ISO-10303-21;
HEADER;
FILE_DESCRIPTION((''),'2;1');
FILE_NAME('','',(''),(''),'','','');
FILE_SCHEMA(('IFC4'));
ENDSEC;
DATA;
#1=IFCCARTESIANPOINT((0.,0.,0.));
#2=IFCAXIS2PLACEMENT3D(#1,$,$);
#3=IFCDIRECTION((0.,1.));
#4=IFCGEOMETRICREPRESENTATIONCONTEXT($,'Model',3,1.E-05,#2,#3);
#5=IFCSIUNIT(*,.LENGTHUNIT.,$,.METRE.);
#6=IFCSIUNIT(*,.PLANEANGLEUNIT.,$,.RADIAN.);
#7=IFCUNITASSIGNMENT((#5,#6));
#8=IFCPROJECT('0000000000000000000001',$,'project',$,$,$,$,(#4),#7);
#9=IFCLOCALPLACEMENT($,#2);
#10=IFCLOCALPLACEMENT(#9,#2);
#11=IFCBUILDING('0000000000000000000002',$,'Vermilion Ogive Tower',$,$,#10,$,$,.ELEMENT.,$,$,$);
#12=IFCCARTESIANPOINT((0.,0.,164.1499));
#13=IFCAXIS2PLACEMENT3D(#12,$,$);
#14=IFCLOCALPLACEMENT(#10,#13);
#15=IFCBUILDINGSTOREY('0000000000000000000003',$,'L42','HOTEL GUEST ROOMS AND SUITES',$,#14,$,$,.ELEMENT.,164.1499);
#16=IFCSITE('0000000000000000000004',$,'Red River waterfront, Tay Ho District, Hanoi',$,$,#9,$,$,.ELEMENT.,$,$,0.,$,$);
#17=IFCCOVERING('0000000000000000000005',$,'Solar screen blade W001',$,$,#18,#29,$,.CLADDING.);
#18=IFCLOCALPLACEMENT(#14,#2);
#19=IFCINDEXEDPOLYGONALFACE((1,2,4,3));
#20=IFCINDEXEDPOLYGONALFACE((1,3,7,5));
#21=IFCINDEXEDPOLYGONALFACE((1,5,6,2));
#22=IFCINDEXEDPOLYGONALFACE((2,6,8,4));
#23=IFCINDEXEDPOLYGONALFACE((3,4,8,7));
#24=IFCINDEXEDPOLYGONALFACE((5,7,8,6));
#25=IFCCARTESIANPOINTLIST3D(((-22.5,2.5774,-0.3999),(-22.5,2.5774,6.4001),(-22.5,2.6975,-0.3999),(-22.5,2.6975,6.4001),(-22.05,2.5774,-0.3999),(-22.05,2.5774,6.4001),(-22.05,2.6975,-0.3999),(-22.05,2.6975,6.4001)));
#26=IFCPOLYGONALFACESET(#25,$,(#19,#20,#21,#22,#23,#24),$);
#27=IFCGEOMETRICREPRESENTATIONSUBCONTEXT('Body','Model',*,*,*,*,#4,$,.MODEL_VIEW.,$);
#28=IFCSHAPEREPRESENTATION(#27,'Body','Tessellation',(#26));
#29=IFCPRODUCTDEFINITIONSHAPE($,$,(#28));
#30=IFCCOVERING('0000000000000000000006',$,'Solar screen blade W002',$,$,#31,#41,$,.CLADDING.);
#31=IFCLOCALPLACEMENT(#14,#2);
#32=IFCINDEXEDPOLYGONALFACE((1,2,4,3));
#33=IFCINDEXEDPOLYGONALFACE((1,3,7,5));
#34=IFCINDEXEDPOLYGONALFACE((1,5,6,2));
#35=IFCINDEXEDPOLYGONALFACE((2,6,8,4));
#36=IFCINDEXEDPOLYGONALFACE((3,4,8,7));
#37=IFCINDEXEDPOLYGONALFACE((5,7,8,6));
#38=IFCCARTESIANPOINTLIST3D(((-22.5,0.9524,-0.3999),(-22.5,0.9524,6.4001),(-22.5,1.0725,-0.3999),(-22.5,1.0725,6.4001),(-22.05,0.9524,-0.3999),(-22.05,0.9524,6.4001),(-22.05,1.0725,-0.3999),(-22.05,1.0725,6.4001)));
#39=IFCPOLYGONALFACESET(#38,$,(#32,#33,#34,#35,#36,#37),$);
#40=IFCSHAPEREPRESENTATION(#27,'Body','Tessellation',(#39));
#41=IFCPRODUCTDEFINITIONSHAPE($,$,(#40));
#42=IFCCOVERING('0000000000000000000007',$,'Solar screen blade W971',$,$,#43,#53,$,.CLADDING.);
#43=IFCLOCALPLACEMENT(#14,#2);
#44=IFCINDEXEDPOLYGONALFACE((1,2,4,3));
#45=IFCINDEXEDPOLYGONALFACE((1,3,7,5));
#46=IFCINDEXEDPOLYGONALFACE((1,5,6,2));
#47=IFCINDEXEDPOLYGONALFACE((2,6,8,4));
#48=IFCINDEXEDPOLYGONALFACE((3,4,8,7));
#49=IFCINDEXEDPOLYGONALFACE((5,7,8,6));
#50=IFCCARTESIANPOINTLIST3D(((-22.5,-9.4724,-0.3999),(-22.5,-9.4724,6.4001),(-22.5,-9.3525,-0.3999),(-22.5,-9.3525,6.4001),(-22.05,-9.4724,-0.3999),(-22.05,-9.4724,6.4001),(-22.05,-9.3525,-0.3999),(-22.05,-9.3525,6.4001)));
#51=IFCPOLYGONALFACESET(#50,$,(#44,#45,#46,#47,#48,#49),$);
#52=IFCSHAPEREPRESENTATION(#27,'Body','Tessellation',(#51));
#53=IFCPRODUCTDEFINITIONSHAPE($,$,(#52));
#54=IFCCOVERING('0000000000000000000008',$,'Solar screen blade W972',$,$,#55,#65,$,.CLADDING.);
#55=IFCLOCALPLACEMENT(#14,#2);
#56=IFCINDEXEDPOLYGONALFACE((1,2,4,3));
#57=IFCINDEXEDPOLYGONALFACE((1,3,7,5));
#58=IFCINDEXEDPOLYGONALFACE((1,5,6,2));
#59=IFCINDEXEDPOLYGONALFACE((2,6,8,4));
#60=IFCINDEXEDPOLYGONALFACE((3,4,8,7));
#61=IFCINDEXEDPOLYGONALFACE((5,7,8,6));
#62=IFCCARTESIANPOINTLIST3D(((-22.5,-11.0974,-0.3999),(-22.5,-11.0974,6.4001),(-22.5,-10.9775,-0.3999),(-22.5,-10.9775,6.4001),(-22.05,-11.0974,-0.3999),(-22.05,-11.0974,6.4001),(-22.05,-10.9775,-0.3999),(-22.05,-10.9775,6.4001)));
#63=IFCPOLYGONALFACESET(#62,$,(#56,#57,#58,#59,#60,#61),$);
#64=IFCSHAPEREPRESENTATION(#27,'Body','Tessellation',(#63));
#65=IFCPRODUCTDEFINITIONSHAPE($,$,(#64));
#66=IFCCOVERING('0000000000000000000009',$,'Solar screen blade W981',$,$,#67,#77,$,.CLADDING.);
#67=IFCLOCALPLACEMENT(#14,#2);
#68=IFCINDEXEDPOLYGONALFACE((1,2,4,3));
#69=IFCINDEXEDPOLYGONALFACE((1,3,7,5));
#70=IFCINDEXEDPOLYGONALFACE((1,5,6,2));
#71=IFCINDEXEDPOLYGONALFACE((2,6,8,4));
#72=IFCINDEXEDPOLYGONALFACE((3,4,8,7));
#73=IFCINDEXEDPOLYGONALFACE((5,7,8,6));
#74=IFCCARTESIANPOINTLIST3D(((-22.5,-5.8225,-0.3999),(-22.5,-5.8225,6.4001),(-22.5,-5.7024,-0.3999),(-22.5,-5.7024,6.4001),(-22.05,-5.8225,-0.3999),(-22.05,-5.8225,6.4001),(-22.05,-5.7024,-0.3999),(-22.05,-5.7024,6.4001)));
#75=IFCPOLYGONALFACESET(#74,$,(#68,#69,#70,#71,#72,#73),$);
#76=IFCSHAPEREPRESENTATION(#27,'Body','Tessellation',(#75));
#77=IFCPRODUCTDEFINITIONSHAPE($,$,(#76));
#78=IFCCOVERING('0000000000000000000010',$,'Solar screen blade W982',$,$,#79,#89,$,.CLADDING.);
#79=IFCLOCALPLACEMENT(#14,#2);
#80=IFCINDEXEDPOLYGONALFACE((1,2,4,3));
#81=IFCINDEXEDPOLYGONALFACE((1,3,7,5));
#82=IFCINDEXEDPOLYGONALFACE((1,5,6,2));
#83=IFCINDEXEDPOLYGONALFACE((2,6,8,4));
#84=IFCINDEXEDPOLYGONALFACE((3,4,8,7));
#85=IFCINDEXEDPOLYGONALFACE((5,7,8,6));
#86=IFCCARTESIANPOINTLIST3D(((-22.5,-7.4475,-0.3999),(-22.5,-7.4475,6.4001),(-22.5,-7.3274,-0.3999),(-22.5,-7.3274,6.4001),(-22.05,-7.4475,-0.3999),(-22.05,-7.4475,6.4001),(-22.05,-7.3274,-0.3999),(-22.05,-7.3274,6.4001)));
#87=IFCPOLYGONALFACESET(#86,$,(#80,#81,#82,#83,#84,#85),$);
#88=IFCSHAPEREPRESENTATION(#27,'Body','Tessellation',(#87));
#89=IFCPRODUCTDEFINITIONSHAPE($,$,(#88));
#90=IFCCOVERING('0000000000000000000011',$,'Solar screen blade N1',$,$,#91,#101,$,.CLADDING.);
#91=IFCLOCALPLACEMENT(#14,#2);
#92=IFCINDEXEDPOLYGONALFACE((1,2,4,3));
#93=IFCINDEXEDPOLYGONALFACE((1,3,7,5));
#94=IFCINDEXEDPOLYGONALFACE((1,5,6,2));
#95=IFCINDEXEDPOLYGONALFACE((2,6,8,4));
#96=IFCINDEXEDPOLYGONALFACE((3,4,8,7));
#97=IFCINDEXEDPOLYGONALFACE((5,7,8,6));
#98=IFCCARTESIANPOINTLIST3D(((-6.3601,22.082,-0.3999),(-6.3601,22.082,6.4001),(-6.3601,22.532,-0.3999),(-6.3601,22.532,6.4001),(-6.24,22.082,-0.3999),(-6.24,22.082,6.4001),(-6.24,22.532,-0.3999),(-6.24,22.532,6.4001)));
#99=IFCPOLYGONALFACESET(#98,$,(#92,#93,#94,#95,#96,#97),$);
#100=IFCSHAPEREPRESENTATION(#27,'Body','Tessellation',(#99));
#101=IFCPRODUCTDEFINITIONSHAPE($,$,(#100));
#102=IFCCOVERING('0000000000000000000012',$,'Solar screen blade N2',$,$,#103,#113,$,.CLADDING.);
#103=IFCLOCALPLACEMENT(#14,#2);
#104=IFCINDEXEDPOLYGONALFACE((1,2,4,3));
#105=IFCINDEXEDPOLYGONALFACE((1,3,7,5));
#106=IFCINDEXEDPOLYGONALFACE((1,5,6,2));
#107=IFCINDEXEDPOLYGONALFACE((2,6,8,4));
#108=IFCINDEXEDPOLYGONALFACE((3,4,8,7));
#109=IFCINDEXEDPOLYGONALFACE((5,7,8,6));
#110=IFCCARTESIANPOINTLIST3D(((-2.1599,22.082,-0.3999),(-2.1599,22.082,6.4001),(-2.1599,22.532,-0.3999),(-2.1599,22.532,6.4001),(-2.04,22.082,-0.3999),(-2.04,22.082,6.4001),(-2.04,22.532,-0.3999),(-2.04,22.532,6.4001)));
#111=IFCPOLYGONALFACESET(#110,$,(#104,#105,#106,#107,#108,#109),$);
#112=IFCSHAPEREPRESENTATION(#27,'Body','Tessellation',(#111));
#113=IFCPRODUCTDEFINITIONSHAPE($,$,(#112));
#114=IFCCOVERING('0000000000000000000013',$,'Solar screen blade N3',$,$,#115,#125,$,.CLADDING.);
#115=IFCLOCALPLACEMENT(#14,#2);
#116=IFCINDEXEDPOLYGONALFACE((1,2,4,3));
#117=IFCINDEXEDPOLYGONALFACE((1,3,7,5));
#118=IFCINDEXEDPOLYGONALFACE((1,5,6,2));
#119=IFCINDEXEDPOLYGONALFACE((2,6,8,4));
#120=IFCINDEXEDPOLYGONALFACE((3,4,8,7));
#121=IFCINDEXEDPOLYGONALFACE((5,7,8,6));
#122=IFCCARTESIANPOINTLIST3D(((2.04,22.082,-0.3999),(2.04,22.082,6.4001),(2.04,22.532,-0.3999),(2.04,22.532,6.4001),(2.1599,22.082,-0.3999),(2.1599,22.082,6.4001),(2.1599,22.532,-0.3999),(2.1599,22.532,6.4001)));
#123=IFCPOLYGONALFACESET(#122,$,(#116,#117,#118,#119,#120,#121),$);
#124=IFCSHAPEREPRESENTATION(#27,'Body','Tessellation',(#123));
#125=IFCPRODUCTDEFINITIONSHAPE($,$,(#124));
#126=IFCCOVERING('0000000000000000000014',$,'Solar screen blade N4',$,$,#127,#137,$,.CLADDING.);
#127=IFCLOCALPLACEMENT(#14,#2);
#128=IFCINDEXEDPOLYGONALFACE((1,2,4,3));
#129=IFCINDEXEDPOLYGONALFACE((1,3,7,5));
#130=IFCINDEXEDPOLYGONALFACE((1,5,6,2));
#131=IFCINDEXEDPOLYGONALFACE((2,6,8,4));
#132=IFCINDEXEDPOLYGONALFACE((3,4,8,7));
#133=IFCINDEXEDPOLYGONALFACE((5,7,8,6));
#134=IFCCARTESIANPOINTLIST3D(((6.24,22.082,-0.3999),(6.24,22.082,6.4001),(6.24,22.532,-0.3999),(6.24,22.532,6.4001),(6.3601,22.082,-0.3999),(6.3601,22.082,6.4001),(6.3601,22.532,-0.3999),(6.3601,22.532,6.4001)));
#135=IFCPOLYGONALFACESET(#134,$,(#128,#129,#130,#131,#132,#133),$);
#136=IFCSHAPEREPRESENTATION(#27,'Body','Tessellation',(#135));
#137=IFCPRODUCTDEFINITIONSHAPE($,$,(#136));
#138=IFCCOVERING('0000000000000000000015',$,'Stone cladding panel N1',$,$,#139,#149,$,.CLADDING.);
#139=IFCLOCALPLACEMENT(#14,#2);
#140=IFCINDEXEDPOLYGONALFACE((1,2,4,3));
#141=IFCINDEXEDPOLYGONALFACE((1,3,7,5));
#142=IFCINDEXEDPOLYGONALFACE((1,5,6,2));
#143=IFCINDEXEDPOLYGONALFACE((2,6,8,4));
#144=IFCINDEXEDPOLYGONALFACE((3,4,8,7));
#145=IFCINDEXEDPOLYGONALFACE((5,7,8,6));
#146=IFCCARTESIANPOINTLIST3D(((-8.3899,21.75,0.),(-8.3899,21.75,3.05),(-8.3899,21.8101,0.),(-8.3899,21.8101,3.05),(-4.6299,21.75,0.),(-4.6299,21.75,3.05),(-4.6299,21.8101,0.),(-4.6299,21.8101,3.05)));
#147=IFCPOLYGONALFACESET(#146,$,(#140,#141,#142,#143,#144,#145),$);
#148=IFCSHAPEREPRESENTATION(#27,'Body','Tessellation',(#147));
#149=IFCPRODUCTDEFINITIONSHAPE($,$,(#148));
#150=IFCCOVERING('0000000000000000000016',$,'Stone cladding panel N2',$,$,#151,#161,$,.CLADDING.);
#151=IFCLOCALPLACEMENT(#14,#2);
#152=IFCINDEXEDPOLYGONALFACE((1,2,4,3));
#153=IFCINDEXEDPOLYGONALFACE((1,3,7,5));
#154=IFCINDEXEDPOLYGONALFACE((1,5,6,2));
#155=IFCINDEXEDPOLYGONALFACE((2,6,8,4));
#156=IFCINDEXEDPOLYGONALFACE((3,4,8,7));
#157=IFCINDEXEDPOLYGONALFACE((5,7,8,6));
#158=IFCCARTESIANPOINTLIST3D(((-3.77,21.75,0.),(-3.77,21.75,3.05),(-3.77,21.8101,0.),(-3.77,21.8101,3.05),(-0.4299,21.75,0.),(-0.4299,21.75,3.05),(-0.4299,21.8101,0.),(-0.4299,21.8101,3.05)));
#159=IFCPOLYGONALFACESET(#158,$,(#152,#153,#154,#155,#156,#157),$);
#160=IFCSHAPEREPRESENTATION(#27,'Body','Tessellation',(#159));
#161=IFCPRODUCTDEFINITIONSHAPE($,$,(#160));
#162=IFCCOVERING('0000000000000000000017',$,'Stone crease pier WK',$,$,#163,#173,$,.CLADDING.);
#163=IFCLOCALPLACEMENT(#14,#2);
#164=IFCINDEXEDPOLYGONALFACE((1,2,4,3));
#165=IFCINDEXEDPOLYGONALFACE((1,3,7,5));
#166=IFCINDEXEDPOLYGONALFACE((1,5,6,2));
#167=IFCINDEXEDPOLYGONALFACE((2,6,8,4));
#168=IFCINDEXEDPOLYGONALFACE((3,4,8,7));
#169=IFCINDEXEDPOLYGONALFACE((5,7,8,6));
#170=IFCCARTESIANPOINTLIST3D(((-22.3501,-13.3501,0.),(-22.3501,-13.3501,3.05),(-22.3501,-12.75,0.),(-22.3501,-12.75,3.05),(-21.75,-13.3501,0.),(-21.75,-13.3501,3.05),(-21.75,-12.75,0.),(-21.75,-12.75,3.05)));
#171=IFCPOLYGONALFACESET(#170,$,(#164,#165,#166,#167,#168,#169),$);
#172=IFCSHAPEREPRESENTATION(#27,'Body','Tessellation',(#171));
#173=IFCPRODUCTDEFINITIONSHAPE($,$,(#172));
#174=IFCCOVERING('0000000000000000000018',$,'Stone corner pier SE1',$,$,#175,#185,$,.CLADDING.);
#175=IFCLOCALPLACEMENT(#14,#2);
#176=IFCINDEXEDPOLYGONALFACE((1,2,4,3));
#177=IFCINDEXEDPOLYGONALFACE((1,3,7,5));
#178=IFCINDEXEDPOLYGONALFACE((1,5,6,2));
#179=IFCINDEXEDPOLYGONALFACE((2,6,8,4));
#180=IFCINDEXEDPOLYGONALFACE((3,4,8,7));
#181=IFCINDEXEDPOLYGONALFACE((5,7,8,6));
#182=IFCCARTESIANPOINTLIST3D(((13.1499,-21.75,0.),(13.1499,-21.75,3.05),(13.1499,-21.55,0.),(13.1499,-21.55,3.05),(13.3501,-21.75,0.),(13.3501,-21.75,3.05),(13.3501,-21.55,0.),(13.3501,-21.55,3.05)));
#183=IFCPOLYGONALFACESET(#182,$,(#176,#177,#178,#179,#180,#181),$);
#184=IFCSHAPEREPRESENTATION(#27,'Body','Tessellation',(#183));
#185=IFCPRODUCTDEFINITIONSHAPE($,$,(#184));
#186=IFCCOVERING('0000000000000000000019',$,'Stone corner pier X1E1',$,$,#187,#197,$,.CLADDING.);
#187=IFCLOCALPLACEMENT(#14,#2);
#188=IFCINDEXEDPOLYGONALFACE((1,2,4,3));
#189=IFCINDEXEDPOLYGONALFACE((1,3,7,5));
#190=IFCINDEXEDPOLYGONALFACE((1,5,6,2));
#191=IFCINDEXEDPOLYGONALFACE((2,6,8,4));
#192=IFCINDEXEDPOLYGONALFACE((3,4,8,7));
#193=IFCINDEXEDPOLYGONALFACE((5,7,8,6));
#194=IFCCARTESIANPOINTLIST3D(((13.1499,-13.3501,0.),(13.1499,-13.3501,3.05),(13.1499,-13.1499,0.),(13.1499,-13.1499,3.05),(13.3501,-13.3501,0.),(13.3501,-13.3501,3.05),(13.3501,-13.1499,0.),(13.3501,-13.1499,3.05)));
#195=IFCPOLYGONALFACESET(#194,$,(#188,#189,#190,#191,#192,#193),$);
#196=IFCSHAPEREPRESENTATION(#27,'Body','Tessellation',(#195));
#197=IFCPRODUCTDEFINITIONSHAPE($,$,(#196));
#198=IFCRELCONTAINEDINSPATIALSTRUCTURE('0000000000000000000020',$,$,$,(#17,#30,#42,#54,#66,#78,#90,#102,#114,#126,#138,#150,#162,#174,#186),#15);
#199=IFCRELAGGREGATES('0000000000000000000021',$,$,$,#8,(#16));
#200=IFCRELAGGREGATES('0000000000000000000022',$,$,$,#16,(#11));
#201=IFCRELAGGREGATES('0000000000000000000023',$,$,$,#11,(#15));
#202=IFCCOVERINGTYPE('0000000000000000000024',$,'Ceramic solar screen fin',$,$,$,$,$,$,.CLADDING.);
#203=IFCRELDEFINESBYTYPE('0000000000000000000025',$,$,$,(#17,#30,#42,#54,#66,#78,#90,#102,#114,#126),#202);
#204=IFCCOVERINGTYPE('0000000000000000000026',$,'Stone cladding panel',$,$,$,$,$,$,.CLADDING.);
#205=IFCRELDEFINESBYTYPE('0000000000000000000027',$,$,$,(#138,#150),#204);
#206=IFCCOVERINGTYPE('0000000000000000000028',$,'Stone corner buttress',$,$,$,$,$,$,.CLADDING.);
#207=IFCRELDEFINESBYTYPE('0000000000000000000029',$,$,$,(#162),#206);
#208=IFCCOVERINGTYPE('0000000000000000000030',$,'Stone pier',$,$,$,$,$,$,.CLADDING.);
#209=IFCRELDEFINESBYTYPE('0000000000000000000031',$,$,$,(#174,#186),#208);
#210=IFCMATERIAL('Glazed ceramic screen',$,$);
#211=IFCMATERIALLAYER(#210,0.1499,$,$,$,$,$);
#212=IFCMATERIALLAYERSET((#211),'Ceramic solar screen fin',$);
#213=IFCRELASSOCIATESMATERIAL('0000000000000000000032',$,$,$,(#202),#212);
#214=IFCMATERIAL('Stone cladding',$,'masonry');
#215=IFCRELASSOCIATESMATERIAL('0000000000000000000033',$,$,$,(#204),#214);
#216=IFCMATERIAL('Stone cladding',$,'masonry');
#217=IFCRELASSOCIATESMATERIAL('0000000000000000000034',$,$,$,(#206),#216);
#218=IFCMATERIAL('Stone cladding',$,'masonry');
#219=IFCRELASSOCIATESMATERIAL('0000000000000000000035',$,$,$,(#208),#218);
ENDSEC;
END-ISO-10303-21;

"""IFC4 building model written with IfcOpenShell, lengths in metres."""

from ifc_helpers import new_model, si_unit, direction, frame, origin, place, context, subcontext, project, spatial, polyline, outline, extrude, material, layer, layer_set, type_object, element, save


model = new_model("IFC4")

# Units and contexts
model_context = context("Model", 3, precision=1e-05, world=origin(), true_north=direction((0.0, 1.0)))
body_context = subcontext(model_context, "Body", "Model", "MODEL_VIEW")
ifc_project = project(units=[si_unit("LENGTHUNIT", "METRE"), si_unit("PLANEANGLEUNIT", "RADIAN")], contexts=[model_context])

# Site, building, storey
site_placement = place(None, origin())
site = spatial("IfcSite", under=ifc_project, at=site_placement, Name="Red River waterfront, Tay Ho District, Hanoi", CompositionType="ELEMENT", RefElevation=0.0)
building_placement = place(site_placement, origin())
building = spatial("IfcBuilding", under=site, at=building_placement, Name="Vermilion Ogive Tower", CompositionType="ELEMENT")
storey_placement = place(building_placement, frame((0.0, 0.0, 164.1499)))
storey = spatial("IfcBuildingStorey", under=building, at=storey_placement, Name="L42", Description="HOTEL GUEST ROOMS AND SUITES", CompositionType="ELEMENT", Elevation=164.1499)

# Coverings
ifc_material_1 = material(Name="Glazed ceramic screen")
ifc_layer = layer(ifc_material_1, 0.1499)
ifc_layer_set = layer_set([ifc_layer], Name="Ceramic solar screen fin")
covering_type_1 = type_object("IfcCoveringType", Name="Ceramic solar screen fin", PredefinedType="CLADDING", material=ifc_layer_set)
covering_1_placement = place(storey_placement, frame((0.0, 0.0, -0.3999)))
element("IfcCovering", 1, at=covering_1_placement, inside=storey, type_object=covering_type_1, Name="Solar screen blade W001", PredefinedType="CLADDING", context=body_context, shape_type="SweptSolid", body=[
    extrude(outline(polyline([(-22.5, 2.6975), (-22.5, 2.5774), (-22.05, 2.5774), (-22.05, 2.6975), (-22.5, 2.6975)])), origin(), (0.0, 0.0, 1.0), 6.8),
])
covering_2_placement = place(storey_placement, frame((0.0, 0.0, -0.3999)))
element("IfcCovering", 2, at=covering_2_placement, inside=storey, type_object=covering_type_1, Name="Solar screen blade W002", PredefinedType="CLADDING", context=body_context, shape_type="SweptSolid", body=[
    extrude(outline(polyline([(-22.5, 1.0725), (-22.5, 0.9524), (-22.05, 0.9524), (-22.05, 1.0725), (-22.5, 1.0725)])), origin(), (0.0, 0.0, 1.0), 6.8),
])
covering_3_placement = place(storey_placement, frame((0.0, 0.0, -0.3999)))
element("IfcCovering", 3, at=covering_3_placement, inside=storey, type_object=covering_type_1, Name="Solar screen blade W971", PredefinedType="CLADDING", context=body_context, shape_type="SweptSolid", body=[
    extrude(outline(polyline([(-22.5, -9.3525), (-22.5, -9.4724), (-22.05, -9.4724), (-22.05, -9.3525), (-22.5, -9.3525)])), origin(), (0.0, 0.0, 1.0), 6.8),
])
covering_4_placement = place(storey_placement, frame((0.0, 0.0, -0.3999)))
element("IfcCovering", 4, at=covering_4_placement, inside=storey, type_object=covering_type_1, Name="Solar screen blade W972", PredefinedType="CLADDING", context=body_context, shape_type="SweptSolid", body=[
    extrude(outline(polyline([(-22.5, -10.9775), (-22.5, -11.0974), (-22.05, -11.0974), (-22.05, -10.9775), (-22.5, -10.9775)])), origin(), (0.0, 0.0, 1.0), 6.8),
])
covering_5_placement = place(storey_placement, frame((0.0, 0.0, -0.3999)))
element("IfcCovering", 5, at=covering_5_placement, inside=storey, type_object=covering_type_1, Name="Solar screen blade W981", PredefinedType="CLADDING", context=body_context, shape_type="SweptSolid", body=[
    extrude(outline(polyline([(-22.5, -5.7024), (-22.5, -5.8225), (-22.05, -5.8225), (-22.05, -5.7024), (-22.5, -5.7024)])), origin(), (0.0, 0.0, 1.0), 6.8),
])
covering_6_placement = place(storey_placement, frame((0.0, 0.0, -0.3999)))
element("IfcCovering", 6, at=covering_6_placement, inside=storey, type_object=covering_type_1, Name="Solar screen blade W982", PredefinedType="CLADDING", context=body_context, shape_type="SweptSolid", body=[
    extrude(outline(polyline([(-22.5, -7.3274), (-22.5, -7.4475), (-22.05, -7.4475), (-22.05, -7.3274), (-22.5, -7.3274)])), origin(), (0.0, 0.0, 1.0), 6.8),
])
covering_7_placement = place(storey_placement, frame((0.0, 0.0, -0.3999)))
element("IfcCovering", 7, at=covering_7_placement, inside=storey, type_object=covering_type_1, Name="Solar screen blade N1", PredefinedType="CLADDING", context=body_context, shape_type="SweptSolid", body=[
    extrude(outline(polyline([(-6.3601, 22.082), (-6.24, 22.082), (-6.24, 22.532), (-6.3601, 22.532), (-6.3601, 22.082)])), origin(), (0.0, 0.0, 1.0), 6.8),
])
covering_8_placement = place(storey_placement, frame((0.0, 0.0, -0.3999)))
element("IfcCovering", 8, at=covering_8_placement, inside=storey, type_object=covering_type_1, Name="Solar screen blade N2", PredefinedType="CLADDING", context=body_context, shape_type="SweptSolid", body=[
    extrude(outline(polyline([(-2.1599, 22.082), (-2.04, 22.082), (-2.04, 22.532), (-2.1599, 22.532), (-2.1599, 22.082)])), origin(), (0.0, 0.0, 1.0), 6.8),
])
covering_9_placement = place(storey_placement, frame((0.0, 0.0, -0.3999)))
element("IfcCovering", 9, at=covering_9_placement, inside=storey, type_object=covering_type_1, Name="Solar screen blade N3", PredefinedType="CLADDING", context=body_context, shape_type="SweptSolid", body=[
    extrude(outline(polyline([(2.04, 22.082), (2.1599, 22.082), (2.1599, 22.532), (2.04, 22.532), (2.04, 22.082)])), origin(), (0.0, 0.0, 1.0), 6.8),
])
covering_10_placement = place(storey_placement, frame((0.0, 0.0, -0.3999)))
element("IfcCovering", 10, at=covering_10_placement, inside=storey, type_object=covering_type_1, Name="Solar screen blade N4", PredefinedType="CLADDING", context=body_context, shape_type="SweptSolid", body=[
    extrude(outline(polyline([(6.24, 22.082), (6.3601, 22.082), (6.3601, 22.532), (6.24, 22.532), (6.24, 22.082)])), origin(), (0.0, 0.0, 1.0), 6.8),
])
ifc_material_2 = material(Name="Stone cladding", Category="masonry")
covering_type_2 = type_object("IfcCoveringType", Name="Stone cladding panel", PredefinedType="CLADDING", material=ifc_material_2)
covering_11_placement = place(storey_placement, origin())
element("IfcCovering", 11, at=covering_11_placement, inside=storey, type_object=covering_type_2, Name="Stone cladding panel N1", PredefinedType="CLADDING", context=body_context, shape_type="SweptSolid", body=[
    extrude(outline(polyline([(-8.3899, 21.75), (-4.6299, 21.75), (-4.6299, 21.8101), (-8.3899, 21.8101), (-8.3899, 21.75)])), origin(), (0.0, 0.0, 1.0), 3.05),
])
covering_12_placement = place(storey_placement, origin())
element("IfcCovering", 12, at=covering_12_placement, inside=storey, type_object=covering_type_2, Name="Stone cladding panel N2", PredefinedType="CLADDING", context=body_context, shape_type="SweptSolid", body=[
    extrude(outline(polyline([(-3.77, 21.75), (-0.4299, 21.75), (-0.4299, 21.8101), (-3.77, 21.8101), (-3.77, 21.75)])), origin(), (0.0, 0.0, 1.0), 3.05),
])
ifc_material_3 = material(Name="Stone cladding", Category="masonry")
covering_type_3 = type_object("IfcCoveringType", Name="Stone corner buttress", PredefinedType="CLADDING", material=ifc_material_3)
covering_13_placement = place(storey_placement, origin())
element("IfcCovering", 13, at=covering_13_placement, inside=storey, type_object=covering_type_3, Name="Stone crease pier WK", PredefinedType="CLADDING", context=body_context, shape_type="SweptSolid", body=[
    extrude(outline(polyline([(-22.3501, -12.75), (-22.3501, -13.3501), (-21.75, -13.3501), (-21.75, -12.75), (-22.3501, -12.75)])), origin(), (0.0, 0.0, 1.0), 3.05),
])
ifc_material_4 = material(Name="Stone cladding", Category="masonry")
covering_type_4 = type_object("IfcCoveringType", Name="Stone pier", PredefinedType="CLADDING", material=ifc_material_4)
covering_14_placement = place(storey_placement, origin())
element("IfcCovering", 14, at=covering_14_placement, inside=storey, type_object=covering_type_4, Name="Stone corner pier SE1", PredefinedType="CLADDING", context=body_context, shape_type="SweptSolid", body=[
    extrude(outline(polyline([(13.1499, -21.75), (13.1499, -21.55), (13.3501, -21.55), (13.3501, -21.75), (13.1499, -21.75)])), origin(), (0.0, 0.0, 1.0), 3.05),
])
covering_15_placement = place(storey_placement, origin())
element("IfcCovering", 15, at=covering_15_placement, inside=storey, type_object=covering_type_4, Name="Stone corner pier X1E1", PredefinedType="CLADDING", context=body_context, shape_type="SweptSolid", body=[
    extrude(outline(polyline([(13.1499, -13.1499), (13.3501, -13.1499), (13.3501, -13.3501), (13.1499, -13.3501), (13.1499, -13.1499)])), origin(), (0.0, 0.0, 1.0), 3.05),
])

save(model, "model.ifc")
